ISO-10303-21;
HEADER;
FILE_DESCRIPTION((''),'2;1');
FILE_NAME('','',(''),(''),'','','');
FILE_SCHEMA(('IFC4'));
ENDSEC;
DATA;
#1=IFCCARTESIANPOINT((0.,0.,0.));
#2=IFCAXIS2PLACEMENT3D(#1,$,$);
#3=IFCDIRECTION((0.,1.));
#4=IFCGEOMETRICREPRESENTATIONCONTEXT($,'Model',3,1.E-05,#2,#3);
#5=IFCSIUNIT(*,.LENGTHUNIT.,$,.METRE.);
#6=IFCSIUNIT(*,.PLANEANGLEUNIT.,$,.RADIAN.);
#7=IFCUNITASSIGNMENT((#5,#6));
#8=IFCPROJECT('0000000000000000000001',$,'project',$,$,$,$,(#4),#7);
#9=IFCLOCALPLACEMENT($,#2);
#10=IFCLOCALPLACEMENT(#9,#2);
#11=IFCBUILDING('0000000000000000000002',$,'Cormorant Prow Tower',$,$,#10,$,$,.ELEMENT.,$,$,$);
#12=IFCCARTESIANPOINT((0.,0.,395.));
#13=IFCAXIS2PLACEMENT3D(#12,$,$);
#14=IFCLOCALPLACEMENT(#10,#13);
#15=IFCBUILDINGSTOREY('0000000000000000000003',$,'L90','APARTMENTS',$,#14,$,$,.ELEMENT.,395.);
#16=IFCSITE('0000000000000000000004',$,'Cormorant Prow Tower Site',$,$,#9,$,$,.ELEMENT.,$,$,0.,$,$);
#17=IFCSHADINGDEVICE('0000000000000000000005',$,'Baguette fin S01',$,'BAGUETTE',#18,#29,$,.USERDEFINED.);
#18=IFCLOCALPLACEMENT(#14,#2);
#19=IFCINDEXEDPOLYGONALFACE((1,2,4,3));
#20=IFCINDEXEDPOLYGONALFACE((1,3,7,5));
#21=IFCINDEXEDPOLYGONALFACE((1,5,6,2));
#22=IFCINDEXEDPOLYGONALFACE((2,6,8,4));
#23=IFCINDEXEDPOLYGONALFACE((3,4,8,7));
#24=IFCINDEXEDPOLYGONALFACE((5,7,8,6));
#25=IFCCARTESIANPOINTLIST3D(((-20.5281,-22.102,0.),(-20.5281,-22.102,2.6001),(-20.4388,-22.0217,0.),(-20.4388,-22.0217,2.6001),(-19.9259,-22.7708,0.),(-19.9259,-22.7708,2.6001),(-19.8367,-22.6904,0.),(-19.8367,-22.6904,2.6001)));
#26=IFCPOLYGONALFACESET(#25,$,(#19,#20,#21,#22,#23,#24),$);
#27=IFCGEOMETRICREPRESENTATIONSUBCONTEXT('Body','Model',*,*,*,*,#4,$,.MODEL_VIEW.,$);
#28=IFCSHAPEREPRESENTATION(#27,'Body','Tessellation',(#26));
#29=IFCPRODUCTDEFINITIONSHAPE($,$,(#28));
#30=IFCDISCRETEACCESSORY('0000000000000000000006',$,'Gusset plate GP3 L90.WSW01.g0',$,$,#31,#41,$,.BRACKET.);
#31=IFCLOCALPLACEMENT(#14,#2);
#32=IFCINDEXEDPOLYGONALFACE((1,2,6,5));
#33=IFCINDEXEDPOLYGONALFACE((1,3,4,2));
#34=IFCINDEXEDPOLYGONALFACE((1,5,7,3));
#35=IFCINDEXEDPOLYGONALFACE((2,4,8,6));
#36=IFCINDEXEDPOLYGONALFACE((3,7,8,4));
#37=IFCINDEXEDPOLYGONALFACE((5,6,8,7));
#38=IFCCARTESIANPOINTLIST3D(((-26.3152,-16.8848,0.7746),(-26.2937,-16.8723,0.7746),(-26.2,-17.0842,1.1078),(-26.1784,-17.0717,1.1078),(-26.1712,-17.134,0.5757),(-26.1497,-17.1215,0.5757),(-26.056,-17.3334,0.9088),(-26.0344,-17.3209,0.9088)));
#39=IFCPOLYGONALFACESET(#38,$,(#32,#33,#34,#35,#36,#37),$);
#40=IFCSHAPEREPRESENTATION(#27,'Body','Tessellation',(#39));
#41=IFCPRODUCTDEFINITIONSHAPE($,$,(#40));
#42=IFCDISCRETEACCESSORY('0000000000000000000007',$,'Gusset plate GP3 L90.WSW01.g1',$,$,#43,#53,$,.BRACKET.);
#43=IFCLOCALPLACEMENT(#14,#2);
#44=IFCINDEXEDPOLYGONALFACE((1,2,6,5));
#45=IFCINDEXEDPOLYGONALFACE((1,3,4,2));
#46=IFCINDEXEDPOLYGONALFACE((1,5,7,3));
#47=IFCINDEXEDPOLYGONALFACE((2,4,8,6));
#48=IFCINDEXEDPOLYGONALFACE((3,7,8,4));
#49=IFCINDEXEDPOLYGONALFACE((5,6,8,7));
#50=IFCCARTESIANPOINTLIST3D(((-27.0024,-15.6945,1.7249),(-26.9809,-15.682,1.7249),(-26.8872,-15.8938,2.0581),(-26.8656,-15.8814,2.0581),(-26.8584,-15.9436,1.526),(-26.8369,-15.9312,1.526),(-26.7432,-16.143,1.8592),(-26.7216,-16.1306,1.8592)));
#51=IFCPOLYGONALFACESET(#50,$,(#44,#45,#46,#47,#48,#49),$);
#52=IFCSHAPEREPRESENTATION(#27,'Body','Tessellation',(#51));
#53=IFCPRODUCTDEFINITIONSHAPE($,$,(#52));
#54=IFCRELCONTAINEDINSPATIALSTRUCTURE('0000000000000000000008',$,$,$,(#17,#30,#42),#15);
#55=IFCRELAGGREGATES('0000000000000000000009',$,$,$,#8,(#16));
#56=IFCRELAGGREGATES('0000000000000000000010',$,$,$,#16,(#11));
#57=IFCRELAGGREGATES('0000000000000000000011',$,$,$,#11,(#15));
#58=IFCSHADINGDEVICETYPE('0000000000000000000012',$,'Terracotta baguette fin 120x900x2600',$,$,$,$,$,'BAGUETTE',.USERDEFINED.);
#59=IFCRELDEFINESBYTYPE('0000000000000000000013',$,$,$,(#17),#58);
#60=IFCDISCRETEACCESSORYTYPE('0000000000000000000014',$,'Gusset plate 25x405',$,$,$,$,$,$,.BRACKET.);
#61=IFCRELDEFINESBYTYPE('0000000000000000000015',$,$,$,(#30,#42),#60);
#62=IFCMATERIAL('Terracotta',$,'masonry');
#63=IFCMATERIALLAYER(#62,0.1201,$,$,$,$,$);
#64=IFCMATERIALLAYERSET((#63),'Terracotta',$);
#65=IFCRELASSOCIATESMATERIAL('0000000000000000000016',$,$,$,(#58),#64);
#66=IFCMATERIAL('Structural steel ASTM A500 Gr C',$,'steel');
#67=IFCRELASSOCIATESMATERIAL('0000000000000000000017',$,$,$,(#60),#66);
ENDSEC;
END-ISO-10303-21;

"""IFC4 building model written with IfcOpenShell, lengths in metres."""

from ifc_helpers import new_model, si_unit, direction, frame, origin, origin_2d, place, context, subcontext, project, spatial, rectangle, extrude, material, layer, layer_set, material_profile, profile_set, type_object, element, save


model = new_model("IFC4")

# Units and contexts
model_context = context("Model", 3, precision=1e-05, world=origin(), true_north=direction((0.0, 1.0)))
body_context = subcontext(model_context, "Body", "Model", "MODEL_VIEW")
ifc_project = project(units=[si_unit("LENGTHUNIT", "METRE"), si_unit("PLANEANGLEUNIT", "RADIAN")], contexts=[model_context])

# Site, building, storey
site_placement = place(None, origin())
site = spatial("IfcSite", under=ifc_project, at=site_placement, Name="Cormorant Prow Tower Site", CompositionType="ELEMENT", RefElevation=0.0)
building_placement = place(site_placement, origin())
building = spatial("IfcBuilding", under=site, at=building_placement, Name="Cormorant Prow Tower", CompositionType="ELEMENT")
storey_placement = place(building_placement, frame((0.0, 0.0, 395.0)))
storey = spatial("IfcBuildingStorey", under=building, at=storey_placement, Name="L90", Description="APARTMENTS", CompositionType="ELEMENT", Elevation=395.0)

# Shading device
ifc_material_1 = material(Name="Terracotta", Category="masonry")
ifc_layer_1 = layer(ifc_material_1, 0.1201)
ifc_layer_set_1 = layer_set([ifc_layer_1], Name="Terracotta")
shading_device_type = type_object("IfcShadingDeviceType", Name="Terracotta baguette fin 120x900x2600", ElementType="BAGUETTE", PredefinedType="USERDEFINED", material=ifc_layer_set_1)
shading_device_placement = place(storey_placement, frame((-20.1824, -22.3962, 0.0), z_axis=(0.0, 0.0, 1.0), x_axis=(0.743145, 0.669131, 0.0)))
element("IfcShadingDevice", 1, at=shading_device_placement, inside=storey, type_object=shading_device_type, Name="Baguette fin S01", ObjectType="BAGUETTE", PredefinedType="USERDEFINED", context=body_context, shape_type="SweptSolid", body=[
    extrude(rectangle(XDim=0.1201, YDim=0.8999, at=origin_2d()), origin(), (0.0, 0.0, 1.0), 2.6001),
])

# Discrete accessories
ifc_material_2 = material(Name="Structural steel ASTM A500 Gr C", Category="steel")
ifc_material_profile_1 = material_profile(ifc_material_2, rectangle(XDim=0.0249, YDim=0.405, at=origin_2d()), Name="Gusset plate 25x405")
ifc_profile_set_1 = profile_set([ifc_material_profile_1], Name="Structural steel ASTM A500 Gr C")
discrete_accessory_type = type_object("IfcDiscreteAccessoryType", Name="Gusset plate 25x405", PredefinedType="BRACKET", material=ifc_profile_set_1)
for number, where, z_axis, x_axis, name in (
    (2, (-26.2468, -16.9783, 0.9412), (0.411596, -0.71227, -0.56856), (0.865832, 0.500334, 0.0), "Gusset plate GP3 L90.WSW01.g0"),
    (3, (-26.79, -16.0371, 1.6926), (-0.411596, 0.71227, 0.56856), (-0.865832, -0.500334, 0.0), "Gusset plate GP3 L90.WSW01.g1"),
):
    element("IfcDiscreteAccessory", number, at=place(storey_placement, frame(where, z_axis=z_axis, x_axis=x_axis)), inside=storey, type_object=discrete_accessory_type, Name=name, PredefinedType="BRACKET", context=body_context, shape_type="SweptSolid", body=[
        extrude(rectangle(XDim=0.0249, YDim=0.405, at=origin_2d()), origin(), (0.0, 0.0, 1.0), 0.3499),
    ])

save(model, "model.ifc")
